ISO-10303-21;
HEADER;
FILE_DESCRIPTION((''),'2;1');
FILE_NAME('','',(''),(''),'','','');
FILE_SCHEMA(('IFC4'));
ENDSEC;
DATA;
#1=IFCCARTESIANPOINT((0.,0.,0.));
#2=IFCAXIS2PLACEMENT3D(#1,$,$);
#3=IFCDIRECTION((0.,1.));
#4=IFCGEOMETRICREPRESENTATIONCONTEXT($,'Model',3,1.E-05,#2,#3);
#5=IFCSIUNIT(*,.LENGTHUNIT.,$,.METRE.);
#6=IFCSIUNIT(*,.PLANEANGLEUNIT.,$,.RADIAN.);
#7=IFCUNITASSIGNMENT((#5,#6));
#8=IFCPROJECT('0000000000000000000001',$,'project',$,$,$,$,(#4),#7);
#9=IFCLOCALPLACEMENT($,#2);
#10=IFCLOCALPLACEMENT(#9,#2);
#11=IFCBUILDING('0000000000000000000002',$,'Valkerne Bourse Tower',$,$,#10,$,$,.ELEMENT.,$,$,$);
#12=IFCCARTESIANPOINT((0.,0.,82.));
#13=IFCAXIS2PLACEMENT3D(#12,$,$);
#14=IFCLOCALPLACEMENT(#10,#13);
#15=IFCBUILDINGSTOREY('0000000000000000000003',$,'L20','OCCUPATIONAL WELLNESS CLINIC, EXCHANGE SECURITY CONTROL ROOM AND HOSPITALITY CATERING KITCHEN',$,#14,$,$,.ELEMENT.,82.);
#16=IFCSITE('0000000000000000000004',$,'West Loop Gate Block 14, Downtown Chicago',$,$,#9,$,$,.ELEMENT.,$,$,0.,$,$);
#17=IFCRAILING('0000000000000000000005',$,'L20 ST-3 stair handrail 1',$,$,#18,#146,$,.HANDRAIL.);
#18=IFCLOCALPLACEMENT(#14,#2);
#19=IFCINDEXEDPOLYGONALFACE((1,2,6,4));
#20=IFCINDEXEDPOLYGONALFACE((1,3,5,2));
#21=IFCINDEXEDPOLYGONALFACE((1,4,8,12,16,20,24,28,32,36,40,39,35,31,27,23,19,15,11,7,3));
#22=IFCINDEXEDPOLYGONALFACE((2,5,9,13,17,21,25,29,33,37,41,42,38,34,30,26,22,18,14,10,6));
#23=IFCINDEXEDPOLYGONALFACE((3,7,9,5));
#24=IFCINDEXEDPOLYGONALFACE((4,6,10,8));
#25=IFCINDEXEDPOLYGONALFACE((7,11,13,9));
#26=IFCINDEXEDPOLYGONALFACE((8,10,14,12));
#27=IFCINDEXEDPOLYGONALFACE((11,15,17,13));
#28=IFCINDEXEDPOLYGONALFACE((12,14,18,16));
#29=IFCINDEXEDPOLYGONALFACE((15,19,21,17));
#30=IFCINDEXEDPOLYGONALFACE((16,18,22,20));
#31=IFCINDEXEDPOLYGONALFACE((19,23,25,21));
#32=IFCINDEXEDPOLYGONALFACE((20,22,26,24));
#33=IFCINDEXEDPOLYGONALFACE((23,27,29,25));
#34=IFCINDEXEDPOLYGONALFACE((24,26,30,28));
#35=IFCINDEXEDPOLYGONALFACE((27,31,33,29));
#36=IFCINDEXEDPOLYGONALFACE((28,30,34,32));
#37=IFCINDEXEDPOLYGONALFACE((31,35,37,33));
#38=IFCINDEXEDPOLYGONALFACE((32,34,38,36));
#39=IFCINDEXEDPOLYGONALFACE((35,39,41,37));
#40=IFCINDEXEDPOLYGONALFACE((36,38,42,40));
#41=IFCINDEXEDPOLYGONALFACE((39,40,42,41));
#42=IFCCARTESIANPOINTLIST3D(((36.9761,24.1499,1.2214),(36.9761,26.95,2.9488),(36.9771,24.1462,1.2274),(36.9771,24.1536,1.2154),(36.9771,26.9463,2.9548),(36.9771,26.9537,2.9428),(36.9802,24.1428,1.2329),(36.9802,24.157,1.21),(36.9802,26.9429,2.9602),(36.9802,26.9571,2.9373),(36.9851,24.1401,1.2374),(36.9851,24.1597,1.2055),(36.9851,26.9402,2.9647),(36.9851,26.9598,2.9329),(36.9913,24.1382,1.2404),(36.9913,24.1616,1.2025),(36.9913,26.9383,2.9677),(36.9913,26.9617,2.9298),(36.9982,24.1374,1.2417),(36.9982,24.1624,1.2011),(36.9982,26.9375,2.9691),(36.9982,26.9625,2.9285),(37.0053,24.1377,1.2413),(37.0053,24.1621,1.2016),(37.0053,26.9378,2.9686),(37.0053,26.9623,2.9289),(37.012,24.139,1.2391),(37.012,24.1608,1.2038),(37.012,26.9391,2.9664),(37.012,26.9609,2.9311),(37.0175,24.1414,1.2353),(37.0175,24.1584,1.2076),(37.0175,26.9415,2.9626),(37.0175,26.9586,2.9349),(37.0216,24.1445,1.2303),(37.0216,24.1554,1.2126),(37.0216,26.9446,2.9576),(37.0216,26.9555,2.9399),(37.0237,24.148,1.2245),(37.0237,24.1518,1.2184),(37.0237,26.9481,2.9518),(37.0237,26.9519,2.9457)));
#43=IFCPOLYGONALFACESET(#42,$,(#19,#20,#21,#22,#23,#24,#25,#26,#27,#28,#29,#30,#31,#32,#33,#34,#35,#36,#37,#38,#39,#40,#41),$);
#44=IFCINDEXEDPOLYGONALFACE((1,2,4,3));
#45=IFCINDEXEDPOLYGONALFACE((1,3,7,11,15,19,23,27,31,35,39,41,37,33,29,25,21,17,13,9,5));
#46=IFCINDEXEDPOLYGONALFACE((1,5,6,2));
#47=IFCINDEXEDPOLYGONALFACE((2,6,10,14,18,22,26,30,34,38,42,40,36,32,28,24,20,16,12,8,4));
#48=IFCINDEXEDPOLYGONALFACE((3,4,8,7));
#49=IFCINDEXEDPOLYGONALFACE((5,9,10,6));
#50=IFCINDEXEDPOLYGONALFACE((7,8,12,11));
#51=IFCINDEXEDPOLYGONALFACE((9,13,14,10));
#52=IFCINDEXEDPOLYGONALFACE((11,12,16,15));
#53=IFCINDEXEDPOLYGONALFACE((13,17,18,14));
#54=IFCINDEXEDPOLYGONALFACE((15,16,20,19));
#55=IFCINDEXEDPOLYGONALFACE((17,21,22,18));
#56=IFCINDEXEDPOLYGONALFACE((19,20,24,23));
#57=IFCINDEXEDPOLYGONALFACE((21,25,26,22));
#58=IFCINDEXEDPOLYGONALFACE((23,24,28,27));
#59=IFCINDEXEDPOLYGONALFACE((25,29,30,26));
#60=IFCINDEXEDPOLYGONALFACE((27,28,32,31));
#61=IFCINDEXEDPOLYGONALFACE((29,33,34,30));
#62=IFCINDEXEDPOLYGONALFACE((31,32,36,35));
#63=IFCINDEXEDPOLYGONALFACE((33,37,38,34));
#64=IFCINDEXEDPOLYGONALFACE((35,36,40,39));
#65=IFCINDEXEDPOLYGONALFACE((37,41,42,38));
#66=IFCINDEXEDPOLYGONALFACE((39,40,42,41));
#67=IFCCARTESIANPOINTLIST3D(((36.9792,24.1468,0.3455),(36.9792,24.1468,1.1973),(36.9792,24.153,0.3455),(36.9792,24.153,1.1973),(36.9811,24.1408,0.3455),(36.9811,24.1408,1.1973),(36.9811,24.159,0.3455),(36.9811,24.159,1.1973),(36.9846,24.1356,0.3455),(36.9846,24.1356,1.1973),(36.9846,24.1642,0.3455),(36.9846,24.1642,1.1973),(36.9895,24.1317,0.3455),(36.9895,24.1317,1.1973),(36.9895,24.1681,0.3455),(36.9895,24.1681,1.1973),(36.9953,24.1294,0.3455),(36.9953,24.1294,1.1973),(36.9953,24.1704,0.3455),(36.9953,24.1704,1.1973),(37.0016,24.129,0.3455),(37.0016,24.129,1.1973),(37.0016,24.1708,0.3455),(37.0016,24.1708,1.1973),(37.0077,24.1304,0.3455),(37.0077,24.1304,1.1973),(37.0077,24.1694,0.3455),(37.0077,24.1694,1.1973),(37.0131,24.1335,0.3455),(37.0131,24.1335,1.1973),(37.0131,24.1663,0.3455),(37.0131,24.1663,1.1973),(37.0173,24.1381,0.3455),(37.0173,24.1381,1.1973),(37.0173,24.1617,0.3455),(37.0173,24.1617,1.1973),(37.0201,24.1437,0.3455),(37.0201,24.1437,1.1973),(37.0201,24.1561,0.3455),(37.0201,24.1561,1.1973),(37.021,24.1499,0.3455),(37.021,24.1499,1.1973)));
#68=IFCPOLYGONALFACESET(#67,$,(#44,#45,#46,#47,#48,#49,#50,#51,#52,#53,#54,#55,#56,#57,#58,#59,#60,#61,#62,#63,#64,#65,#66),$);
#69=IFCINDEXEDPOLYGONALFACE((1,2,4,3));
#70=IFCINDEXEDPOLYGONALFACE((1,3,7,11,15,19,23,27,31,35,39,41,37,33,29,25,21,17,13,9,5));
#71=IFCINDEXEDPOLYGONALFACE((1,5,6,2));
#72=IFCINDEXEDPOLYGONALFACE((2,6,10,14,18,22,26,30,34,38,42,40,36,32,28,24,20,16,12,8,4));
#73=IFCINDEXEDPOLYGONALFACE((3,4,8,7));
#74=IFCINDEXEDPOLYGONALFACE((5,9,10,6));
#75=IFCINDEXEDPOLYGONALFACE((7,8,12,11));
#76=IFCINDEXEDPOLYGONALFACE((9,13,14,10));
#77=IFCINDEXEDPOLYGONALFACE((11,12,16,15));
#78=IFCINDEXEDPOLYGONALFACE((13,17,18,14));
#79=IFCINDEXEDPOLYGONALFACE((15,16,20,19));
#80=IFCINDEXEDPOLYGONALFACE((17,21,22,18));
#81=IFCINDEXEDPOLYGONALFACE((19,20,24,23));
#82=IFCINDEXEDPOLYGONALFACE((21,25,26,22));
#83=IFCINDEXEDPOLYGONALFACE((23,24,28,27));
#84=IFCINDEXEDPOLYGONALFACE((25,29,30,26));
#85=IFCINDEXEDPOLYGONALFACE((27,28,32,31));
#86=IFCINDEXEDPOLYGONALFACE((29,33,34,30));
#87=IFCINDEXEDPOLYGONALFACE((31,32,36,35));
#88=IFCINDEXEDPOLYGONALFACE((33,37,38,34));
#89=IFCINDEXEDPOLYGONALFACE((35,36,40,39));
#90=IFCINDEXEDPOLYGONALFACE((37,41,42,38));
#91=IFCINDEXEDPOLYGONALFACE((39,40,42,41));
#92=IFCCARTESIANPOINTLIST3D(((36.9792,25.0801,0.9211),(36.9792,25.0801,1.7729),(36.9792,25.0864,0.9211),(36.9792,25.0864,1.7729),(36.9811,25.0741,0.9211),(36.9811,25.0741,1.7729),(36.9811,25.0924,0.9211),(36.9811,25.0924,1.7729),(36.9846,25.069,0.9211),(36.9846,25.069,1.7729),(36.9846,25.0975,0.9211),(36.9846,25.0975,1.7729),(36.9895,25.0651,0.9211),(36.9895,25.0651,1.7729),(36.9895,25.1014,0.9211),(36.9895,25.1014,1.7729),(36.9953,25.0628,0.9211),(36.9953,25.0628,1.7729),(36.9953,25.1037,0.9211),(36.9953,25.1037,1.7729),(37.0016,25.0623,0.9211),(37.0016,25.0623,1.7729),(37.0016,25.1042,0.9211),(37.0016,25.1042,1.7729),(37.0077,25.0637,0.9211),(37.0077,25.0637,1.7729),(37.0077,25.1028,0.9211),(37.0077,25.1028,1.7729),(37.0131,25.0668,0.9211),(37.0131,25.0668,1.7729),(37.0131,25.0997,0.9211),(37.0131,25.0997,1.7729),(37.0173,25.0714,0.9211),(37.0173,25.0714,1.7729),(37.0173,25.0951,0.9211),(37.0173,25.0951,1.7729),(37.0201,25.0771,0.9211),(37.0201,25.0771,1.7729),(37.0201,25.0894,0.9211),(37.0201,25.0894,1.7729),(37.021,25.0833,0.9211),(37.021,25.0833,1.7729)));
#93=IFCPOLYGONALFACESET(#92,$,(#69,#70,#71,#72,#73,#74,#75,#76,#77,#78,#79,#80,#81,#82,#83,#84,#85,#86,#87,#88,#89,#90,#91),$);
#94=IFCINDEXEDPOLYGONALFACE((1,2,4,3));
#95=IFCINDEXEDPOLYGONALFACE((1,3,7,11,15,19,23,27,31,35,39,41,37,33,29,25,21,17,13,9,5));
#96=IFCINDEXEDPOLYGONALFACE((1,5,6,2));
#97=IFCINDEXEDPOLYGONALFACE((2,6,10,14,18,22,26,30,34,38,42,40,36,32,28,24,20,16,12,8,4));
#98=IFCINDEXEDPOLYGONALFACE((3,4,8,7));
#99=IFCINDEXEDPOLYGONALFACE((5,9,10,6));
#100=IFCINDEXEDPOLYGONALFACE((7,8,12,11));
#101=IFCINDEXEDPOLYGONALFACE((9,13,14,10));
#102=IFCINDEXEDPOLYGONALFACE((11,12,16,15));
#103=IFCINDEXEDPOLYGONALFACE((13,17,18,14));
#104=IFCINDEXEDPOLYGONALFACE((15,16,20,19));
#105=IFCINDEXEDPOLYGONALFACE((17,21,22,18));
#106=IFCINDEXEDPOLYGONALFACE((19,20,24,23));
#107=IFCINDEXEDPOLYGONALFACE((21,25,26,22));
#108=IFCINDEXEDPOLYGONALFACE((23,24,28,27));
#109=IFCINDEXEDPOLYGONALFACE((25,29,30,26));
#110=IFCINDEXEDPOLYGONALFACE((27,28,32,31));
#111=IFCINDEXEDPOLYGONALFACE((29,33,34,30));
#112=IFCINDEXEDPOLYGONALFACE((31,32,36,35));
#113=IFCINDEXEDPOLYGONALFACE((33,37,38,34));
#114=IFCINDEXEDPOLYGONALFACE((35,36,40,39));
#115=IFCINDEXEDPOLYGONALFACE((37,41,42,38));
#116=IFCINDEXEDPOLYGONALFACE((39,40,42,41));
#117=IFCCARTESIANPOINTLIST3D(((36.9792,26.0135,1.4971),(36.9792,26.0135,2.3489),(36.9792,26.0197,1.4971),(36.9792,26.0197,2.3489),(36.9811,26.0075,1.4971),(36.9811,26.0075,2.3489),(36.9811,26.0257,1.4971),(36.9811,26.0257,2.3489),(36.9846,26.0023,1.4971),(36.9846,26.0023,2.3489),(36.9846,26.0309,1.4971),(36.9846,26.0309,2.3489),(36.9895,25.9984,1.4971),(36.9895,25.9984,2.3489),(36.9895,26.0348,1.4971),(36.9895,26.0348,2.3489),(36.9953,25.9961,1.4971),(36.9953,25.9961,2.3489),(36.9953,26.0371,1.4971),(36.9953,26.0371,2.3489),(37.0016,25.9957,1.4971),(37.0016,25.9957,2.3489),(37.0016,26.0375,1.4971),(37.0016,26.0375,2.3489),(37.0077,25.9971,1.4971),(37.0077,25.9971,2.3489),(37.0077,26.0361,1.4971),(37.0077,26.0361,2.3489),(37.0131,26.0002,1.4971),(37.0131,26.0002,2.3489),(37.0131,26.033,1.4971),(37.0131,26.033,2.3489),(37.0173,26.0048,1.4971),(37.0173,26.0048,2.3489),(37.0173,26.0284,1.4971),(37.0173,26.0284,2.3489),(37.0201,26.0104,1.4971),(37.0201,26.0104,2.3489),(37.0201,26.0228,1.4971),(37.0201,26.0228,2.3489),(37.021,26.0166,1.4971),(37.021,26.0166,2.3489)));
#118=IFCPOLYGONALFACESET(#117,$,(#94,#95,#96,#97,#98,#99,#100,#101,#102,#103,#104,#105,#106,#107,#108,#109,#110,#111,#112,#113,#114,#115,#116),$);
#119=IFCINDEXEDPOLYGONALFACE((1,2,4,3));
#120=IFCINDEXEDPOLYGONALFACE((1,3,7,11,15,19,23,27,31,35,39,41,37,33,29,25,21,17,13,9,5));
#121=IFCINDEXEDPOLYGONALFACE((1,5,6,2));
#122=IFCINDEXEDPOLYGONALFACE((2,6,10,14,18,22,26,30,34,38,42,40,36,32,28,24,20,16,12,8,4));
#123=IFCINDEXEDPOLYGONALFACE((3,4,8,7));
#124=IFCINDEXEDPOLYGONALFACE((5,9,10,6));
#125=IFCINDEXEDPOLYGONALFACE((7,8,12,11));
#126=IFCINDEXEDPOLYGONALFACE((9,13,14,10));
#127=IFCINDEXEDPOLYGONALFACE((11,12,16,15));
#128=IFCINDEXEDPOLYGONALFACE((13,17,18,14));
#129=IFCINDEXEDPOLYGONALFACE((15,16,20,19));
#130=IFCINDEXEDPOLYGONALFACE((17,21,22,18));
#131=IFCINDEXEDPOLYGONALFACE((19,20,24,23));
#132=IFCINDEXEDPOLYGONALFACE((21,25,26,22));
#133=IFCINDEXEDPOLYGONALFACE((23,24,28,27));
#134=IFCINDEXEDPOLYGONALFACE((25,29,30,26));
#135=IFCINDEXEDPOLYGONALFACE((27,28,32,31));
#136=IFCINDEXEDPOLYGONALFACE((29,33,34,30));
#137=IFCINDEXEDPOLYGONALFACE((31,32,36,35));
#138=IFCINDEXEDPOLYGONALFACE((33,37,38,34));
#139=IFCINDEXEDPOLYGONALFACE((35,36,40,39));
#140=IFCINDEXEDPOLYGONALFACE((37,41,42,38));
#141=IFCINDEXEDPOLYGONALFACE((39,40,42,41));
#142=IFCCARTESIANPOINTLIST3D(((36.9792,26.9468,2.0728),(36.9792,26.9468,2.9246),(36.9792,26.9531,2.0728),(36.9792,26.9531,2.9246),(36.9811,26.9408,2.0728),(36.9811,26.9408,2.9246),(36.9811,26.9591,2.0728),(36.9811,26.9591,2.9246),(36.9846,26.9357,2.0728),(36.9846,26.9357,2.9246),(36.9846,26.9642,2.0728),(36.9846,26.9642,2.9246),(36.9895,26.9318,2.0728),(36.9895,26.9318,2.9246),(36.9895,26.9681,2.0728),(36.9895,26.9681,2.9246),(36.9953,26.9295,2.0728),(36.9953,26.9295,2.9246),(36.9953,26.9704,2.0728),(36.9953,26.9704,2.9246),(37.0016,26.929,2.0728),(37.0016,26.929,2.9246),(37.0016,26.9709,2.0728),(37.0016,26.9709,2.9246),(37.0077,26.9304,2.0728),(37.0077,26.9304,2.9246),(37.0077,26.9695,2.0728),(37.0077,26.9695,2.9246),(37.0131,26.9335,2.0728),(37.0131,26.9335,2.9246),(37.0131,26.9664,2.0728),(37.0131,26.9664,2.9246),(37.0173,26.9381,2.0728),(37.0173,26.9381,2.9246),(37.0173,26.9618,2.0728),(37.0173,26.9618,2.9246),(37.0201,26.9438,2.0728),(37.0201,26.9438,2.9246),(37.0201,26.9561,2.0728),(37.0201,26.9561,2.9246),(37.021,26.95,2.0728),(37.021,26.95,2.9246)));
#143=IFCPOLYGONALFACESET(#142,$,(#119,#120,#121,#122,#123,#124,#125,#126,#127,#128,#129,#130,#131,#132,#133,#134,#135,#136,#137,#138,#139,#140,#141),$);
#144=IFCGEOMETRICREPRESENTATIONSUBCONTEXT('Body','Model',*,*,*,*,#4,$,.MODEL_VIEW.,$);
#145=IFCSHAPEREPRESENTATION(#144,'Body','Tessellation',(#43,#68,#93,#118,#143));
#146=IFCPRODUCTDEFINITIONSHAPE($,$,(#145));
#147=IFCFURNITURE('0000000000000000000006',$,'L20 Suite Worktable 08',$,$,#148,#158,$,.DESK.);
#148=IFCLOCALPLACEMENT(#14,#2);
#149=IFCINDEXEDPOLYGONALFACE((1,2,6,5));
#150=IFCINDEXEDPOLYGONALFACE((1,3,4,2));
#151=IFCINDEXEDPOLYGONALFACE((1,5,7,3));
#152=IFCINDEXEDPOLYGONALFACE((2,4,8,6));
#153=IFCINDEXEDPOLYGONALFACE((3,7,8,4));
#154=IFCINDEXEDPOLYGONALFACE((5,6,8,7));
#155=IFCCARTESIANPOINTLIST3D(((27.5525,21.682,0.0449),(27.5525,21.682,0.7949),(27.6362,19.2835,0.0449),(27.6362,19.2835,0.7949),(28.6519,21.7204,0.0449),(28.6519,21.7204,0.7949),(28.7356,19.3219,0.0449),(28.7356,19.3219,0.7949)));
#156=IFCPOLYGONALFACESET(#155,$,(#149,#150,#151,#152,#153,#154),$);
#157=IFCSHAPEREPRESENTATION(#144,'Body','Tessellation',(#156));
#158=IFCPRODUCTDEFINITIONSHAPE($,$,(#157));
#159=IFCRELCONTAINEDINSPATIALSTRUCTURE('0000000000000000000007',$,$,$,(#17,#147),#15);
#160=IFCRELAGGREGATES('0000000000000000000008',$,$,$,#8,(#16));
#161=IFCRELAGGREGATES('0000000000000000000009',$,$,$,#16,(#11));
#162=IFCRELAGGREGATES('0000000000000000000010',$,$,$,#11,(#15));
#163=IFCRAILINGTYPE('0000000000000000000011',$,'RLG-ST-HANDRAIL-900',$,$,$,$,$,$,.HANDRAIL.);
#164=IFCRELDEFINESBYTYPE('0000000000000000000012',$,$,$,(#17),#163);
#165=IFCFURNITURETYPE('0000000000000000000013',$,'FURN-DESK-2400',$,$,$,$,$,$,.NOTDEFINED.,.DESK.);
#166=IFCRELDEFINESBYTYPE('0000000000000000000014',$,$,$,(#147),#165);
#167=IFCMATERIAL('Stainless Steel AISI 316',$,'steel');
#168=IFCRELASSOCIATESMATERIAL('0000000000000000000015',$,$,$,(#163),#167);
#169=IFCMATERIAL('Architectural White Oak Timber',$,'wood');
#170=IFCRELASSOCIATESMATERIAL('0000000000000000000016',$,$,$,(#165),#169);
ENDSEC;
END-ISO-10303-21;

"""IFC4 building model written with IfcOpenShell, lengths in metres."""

from ifc_helpers import new_model, si_unit, direction, frame, origin, origin_2d, place, context, subcontext, project, spatial, rectangle, circle, extrude, material, type_object, element, save


model = new_model("IFC4")

# Units and contexts
model_context = context("Model", 3, precision=1e-05, world=origin(), true_north=direction((0.0, 1.0)))
body_context = subcontext(model_context, "Body", "Model", "MODEL_VIEW")
ifc_project = project(units=[si_unit("LENGTHUNIT", "METRE"), si_unit("PLANEANGLEUNIT", "RADIAN")], contexts=[model_context])

# Site, building, storey
site_placement = place(None, origin())
site = spatial("IfcSite", under=ifc_project, at=site_placement, Name="West Loop Gate Block 14, Downtown Chicago", CompositionType="ELEMENT", RefElevation=0.0)
building_placement = place(site_placement, origin())
building = spatial("IfcBuilding", under=site, at=building_placement, Name="Valkerne Bourse Tower", CompositionType="ELEMENT")
storey_placement = place(building_placement, frame((0.0, 0.0, 82.0)))
storey = spatial("IfcBuildingStorey", under=building, at=storey_placement, Name="L20", Description="OCCUPATIONAL WELLNESS CLINIC, EXCHANGE SECURITY CONTROL ROOM AND HOSPITALITY CATERING KITCHEN", CompositionType="ELEMENT", Elevation=82.0)

# Railing
ifc_material_1 = material(Name="Stainless Steel AISI 316", Category="steel")
railing_type_1 = type_object("IfcRailingType", Name="RLG-ST-HANDRAIL-900", PredefinedType="HANDRAIL", material=ifc_material_1)
railing_1_placement = place(storey_placement, frame((37.0, 24.1499, 0.3455)))
element("IfcRailing", 1, at=railing_1_placement, inside=storey, type_object=railing_type_1, Name="L20 ST-3 stair handrail 1", PredefinedType="HANDRAIL", context=body_context, shape_type="SweptSolid", body=[
    extrude(circle(Radius=0.0239, at=origin_2d()), frame((0.0, 0.0, 0.876), z_axis=(0.0, 0.85109, 0.52502), x_axis=(-1.0, 0.0, 0.0)), (0.0, 0.0, 1.0), 3.29),
    extrude(circle(Radius=0.021, at=origin_2d()), origin(), (0.0, 0.0, 1.0), 0.8518),
    extrude(circle(Radius=0.021, at=origin_2d()), frame((0.0, 0.9333, 0.5757)), (0.0, 0.0, 1.0), 0.8518),
    extrude(circle(Radius=0.021, at=origin_2d()), frame((0.0, 1.8667, 1.1516)), (0.0, 0.0, 1.0), 0.8518),
    extrude(circle(Radius=0.021, at=origin_2d()), frame((0.0, 2.8, 1.7273)), (0.0, 0.0, 1.0), 0.8518),
])

# Furniture
ifc_material_2 = material(Name="Architectural White Oak Timber", Category="wood")
furniture_type = type_object("IfcFurnitureType", Name="FURN-DESK-2400", AssemblyPlace="NOTDEFINED", PredefinedType="DESK", material=ifc_material_2)
furniture_placement = place(storey_placement, frame((28.144, 20.502, 0.0449), z_axis=(0.0, 0.0, 1.0), x_axis=(-0.034899, 0.999391, 0.0)))
element("IfcFurniture", 2, at=furniture_placement, inside=storey, type_object=furniture_type, Name="L20 Suite Worktable 08", PredefinedType="DESK", context=body_context, shape_type="SweptSolid", body=[
    extrude(rectangle(XDim=2.3999, YDim=1.1001, at=origin_2d()), origin(), (0.0, 0.0, 1.0), 0.75),
])

save(model, "model.ifc")
